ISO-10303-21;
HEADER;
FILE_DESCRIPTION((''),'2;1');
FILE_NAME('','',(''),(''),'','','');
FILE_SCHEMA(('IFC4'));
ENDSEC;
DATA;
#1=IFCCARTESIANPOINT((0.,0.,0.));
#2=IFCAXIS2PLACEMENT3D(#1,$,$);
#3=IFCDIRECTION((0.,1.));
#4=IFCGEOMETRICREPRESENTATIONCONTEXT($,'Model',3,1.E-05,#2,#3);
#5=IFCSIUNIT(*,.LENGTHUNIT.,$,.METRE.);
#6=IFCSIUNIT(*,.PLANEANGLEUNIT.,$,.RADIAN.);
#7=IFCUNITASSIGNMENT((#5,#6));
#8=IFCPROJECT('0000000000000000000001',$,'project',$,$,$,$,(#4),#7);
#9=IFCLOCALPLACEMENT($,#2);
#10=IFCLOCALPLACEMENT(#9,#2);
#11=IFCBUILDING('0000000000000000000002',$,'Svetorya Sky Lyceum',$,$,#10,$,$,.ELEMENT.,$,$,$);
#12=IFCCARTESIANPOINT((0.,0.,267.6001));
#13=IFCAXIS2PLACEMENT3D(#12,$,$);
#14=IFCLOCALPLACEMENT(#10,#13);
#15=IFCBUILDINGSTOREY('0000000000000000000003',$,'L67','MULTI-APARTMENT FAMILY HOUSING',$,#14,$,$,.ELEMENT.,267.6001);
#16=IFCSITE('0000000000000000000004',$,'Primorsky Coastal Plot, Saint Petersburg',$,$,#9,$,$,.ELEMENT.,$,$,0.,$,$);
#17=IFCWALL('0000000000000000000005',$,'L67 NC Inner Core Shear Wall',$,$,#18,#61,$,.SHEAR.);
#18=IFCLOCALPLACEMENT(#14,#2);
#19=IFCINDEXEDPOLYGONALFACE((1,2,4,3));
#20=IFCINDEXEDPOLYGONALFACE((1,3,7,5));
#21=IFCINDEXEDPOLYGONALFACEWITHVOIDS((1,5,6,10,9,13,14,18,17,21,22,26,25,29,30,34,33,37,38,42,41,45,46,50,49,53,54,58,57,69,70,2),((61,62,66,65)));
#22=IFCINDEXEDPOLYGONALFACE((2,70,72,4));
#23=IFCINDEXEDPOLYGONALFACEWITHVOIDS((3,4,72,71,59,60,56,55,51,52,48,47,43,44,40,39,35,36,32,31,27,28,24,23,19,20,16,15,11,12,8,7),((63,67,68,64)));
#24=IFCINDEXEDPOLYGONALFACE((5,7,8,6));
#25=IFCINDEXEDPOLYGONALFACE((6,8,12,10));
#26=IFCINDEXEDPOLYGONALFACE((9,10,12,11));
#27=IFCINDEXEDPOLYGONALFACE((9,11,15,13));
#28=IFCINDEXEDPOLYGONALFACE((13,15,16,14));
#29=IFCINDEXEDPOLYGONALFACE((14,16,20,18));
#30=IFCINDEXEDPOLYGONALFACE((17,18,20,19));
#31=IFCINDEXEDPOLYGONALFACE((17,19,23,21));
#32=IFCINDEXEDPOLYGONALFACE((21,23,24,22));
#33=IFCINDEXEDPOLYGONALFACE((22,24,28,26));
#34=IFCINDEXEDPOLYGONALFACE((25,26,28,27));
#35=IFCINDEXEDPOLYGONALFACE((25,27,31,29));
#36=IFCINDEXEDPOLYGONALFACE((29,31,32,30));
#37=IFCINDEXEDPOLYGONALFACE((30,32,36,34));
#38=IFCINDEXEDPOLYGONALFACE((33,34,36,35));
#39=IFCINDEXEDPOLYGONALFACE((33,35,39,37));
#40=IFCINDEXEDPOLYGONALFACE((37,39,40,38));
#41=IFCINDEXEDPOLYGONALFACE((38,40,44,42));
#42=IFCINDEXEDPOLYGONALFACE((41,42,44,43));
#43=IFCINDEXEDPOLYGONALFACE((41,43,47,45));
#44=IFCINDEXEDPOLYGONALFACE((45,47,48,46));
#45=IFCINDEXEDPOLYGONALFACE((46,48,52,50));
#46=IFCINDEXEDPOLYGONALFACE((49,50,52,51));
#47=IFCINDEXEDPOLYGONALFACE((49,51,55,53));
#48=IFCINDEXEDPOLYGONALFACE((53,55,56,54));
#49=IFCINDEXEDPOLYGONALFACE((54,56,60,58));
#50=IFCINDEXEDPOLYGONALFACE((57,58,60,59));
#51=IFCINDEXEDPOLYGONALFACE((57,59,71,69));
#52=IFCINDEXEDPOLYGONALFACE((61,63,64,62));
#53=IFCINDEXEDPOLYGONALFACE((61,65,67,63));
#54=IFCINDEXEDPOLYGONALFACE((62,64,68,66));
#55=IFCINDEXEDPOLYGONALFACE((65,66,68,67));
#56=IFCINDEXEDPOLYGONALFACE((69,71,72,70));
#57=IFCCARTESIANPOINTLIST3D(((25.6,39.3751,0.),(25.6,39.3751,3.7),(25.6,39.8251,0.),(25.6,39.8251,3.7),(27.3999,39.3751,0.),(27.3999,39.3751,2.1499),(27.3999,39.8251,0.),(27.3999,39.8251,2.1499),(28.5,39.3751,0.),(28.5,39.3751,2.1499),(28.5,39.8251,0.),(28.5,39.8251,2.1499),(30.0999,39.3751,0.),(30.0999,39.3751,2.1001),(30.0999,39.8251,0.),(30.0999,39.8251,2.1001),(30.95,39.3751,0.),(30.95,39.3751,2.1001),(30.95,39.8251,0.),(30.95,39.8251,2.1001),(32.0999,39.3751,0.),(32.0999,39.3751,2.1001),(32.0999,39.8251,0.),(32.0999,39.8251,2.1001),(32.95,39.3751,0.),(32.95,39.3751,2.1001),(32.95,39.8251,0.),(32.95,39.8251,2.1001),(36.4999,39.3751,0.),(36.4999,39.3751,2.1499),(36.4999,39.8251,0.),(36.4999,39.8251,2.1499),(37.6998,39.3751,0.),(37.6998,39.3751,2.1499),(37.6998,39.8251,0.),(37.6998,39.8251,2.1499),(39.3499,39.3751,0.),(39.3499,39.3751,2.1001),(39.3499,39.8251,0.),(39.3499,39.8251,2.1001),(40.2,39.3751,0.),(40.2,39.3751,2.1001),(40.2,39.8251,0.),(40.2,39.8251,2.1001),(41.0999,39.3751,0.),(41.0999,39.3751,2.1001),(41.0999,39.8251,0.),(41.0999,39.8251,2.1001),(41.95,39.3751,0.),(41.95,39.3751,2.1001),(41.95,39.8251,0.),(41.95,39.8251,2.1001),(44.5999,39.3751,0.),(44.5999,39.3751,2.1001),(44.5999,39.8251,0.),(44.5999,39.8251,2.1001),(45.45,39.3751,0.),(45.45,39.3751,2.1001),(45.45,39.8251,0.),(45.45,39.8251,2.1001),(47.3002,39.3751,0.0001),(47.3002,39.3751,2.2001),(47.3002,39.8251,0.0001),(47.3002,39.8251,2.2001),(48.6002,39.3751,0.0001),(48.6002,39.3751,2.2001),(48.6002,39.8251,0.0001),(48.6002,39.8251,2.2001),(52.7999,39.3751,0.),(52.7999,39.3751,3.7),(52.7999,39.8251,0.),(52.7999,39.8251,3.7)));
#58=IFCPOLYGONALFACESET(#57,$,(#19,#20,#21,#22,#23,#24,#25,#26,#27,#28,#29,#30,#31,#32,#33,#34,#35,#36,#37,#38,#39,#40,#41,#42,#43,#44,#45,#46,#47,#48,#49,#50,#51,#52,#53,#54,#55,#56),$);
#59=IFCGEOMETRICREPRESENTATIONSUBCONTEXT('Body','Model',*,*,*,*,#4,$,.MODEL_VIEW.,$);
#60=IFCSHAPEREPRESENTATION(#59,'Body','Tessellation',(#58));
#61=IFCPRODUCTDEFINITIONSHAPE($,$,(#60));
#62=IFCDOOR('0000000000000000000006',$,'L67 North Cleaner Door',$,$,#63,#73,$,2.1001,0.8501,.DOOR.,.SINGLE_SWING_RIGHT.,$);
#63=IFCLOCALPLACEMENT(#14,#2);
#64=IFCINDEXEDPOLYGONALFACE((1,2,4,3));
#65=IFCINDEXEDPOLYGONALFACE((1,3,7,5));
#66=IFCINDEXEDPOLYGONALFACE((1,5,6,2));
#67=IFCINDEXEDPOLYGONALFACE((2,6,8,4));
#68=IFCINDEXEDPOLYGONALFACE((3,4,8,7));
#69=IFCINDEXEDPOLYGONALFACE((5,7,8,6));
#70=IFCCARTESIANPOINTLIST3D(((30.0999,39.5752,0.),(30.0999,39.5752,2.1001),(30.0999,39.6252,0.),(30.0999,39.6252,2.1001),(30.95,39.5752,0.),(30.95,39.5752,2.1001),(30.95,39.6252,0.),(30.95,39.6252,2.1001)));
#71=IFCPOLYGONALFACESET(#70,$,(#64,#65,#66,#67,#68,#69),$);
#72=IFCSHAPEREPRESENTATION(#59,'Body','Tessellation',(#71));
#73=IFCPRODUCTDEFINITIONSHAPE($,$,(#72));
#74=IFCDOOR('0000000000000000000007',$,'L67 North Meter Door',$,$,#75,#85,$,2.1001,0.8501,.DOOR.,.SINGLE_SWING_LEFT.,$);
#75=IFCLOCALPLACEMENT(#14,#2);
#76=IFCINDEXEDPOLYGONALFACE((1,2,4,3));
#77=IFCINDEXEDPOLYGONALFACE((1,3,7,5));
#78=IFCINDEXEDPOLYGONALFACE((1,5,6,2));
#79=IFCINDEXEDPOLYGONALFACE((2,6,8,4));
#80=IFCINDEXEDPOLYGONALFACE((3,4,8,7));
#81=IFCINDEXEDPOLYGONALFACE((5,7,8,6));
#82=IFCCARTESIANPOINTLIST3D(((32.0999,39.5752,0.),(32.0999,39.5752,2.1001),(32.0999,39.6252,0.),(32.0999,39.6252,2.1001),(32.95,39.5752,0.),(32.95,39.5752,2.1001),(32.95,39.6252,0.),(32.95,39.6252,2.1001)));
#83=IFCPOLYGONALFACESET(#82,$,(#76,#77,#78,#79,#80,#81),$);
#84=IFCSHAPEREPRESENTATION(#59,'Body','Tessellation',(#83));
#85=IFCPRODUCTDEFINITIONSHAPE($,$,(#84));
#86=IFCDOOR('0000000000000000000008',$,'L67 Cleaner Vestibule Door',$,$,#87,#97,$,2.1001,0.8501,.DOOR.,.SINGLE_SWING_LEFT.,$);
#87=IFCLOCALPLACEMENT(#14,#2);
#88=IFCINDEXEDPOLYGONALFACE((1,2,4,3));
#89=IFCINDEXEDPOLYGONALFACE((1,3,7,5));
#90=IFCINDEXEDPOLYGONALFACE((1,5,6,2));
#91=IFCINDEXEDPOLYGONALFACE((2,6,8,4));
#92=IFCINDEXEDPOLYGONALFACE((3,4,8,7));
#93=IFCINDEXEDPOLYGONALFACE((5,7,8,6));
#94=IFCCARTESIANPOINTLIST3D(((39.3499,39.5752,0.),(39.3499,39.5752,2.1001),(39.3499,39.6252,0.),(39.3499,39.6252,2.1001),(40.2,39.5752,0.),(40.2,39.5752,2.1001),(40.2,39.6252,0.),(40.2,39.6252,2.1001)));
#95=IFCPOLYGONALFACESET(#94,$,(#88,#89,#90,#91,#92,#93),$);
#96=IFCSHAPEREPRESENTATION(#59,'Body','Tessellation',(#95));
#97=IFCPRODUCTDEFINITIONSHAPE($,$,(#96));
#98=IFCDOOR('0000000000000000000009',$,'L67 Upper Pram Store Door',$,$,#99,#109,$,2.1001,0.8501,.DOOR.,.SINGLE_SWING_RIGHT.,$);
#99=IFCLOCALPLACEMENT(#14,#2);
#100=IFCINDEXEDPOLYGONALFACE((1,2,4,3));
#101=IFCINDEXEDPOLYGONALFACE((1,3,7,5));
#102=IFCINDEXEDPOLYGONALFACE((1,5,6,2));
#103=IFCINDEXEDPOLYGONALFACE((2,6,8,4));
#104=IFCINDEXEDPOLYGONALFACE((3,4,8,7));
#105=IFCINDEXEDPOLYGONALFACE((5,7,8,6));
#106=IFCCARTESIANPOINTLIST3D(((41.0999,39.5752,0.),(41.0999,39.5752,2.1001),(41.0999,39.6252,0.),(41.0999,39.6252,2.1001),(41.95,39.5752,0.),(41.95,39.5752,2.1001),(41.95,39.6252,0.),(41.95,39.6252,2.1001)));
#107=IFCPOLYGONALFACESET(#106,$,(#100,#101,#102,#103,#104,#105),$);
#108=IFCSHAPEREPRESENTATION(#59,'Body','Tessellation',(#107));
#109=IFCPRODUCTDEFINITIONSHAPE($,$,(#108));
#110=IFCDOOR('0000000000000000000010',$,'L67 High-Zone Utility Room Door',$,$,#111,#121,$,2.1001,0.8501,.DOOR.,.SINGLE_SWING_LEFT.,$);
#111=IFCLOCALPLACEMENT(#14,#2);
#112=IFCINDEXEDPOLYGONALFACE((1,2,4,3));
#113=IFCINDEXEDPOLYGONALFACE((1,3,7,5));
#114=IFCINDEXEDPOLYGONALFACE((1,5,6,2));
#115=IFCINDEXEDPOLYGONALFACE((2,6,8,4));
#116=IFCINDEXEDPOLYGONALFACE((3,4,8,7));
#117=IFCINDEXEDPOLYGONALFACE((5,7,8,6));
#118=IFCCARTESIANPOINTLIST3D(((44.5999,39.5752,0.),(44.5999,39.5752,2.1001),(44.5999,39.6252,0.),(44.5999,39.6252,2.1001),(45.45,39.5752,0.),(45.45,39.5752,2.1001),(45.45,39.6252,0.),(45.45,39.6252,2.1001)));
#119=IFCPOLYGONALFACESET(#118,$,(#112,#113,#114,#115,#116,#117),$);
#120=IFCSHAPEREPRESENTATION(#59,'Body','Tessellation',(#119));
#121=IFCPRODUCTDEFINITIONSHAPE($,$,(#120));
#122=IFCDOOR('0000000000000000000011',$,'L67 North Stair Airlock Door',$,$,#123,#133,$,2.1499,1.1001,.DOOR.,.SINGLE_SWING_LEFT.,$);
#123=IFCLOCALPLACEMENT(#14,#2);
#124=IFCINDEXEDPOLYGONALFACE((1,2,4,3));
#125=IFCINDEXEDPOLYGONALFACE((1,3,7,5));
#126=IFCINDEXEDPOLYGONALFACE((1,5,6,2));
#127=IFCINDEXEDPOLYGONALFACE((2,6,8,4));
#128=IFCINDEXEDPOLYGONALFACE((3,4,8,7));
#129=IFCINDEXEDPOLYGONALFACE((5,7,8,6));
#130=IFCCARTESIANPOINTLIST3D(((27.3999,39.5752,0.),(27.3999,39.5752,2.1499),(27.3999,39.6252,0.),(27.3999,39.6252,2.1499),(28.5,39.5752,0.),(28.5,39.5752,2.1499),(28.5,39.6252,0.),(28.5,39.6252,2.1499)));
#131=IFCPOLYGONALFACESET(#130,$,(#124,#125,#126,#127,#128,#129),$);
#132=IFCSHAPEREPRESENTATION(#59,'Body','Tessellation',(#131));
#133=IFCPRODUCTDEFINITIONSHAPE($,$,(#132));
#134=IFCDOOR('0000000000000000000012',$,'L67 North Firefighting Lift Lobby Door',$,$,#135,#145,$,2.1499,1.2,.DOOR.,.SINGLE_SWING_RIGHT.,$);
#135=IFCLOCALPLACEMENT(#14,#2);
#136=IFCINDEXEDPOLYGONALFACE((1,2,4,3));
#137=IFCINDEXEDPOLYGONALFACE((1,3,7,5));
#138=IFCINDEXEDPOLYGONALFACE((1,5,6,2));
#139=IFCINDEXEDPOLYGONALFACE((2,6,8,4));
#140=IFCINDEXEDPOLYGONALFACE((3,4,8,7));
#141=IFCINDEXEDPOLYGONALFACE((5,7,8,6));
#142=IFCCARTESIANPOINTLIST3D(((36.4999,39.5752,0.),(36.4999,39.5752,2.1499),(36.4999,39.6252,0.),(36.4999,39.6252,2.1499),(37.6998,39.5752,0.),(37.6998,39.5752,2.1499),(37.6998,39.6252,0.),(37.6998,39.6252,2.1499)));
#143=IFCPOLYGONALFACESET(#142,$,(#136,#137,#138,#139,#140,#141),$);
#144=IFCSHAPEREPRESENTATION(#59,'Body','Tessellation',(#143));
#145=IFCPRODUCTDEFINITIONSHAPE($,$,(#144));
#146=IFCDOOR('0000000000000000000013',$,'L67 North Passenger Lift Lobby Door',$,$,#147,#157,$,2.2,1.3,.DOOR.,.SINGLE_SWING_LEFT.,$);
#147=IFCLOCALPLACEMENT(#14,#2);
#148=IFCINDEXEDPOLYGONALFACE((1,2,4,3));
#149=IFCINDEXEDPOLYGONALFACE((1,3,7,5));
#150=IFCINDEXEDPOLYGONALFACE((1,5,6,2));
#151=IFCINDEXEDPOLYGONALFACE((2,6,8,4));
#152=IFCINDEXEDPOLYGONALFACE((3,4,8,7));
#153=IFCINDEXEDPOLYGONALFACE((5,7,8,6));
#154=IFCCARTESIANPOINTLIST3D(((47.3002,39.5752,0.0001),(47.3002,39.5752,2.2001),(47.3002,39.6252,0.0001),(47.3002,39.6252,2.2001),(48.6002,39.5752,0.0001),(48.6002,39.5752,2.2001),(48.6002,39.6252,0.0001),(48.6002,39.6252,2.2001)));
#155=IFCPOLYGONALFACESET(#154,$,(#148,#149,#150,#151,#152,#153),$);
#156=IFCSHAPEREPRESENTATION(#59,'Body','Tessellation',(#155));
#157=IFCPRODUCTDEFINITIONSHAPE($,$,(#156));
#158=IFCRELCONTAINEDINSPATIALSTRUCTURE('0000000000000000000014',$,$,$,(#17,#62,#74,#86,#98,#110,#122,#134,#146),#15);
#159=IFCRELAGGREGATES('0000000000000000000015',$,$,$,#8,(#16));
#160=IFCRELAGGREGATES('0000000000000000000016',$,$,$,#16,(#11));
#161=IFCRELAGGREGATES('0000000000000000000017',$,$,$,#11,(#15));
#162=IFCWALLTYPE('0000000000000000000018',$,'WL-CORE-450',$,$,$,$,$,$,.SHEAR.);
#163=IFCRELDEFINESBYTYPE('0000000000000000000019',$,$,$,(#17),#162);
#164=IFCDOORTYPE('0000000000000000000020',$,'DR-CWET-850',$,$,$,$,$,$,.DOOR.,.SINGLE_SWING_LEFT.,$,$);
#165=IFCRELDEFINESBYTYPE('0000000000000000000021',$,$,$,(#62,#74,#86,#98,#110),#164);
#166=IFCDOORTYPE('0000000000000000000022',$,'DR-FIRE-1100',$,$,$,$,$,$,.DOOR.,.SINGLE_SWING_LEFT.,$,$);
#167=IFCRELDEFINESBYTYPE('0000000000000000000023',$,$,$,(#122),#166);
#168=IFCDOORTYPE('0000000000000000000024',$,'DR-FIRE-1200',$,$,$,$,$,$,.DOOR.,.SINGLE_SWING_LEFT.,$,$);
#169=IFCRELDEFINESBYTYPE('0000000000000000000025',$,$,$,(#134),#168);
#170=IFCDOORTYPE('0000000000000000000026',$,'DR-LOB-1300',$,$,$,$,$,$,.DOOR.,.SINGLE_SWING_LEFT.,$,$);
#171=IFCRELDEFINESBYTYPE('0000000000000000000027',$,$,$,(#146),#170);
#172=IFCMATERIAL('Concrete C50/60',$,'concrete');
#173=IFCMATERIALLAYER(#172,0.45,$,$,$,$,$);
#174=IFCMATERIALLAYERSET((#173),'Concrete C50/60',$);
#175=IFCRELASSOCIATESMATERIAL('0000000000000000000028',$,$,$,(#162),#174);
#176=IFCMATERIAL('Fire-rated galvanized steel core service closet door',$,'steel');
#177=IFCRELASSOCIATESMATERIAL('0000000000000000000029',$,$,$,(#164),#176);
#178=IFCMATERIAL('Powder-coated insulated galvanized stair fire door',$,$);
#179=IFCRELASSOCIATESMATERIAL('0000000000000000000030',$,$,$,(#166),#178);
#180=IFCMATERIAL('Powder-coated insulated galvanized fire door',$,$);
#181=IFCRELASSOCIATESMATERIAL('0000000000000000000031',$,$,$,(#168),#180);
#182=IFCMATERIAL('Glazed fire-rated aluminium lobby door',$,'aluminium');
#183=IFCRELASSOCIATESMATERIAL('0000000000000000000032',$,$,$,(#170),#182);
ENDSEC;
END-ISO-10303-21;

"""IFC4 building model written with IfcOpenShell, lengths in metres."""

from ifc_helpers import new_model, si_unit, direction, frame, frame_2d, origin, place, context, subcontext, project, spatial, rectangle, extrude, material, layer, layer_set, type_object, element, fill, save


model = new_model("IFC4")

# Units and contexts
model_context = context("Model", 3, precision=1e-05, world=origin(), true_north=direction((0.0, 1.0)))
body_context = subcontext(model_context, "Body", "Model", "MODEL_VIEW")
ifc_project = project(units=[si_unit("LENGTHUNIT", "METRE"), si_unit("PLANEANGLEUNIT", "RADIAN")], contexts=[model_context])

# Site, building, storey
site_placement = place(None, origin())
site = spatial("IfcSite", under=ifc_project, at=site_placement, Name="Primorsky Coastal Plot, Saint Petersburg", CompositionType="ELEMENT", RefElevation=0.0)
building_placement = place(site_placement, origin())
building = spatial("IfcBuilding", under=site, at=building_placement, Name="Svetorya Sky Lyceum", CompositionType="ELEMENT")
storey_placement = place(building_placement, frame((0.0, 0.0, 267.6001)))
storey = spatial("IfcBuildingStorey", under=building, at=storey_placement, Name="L67", Description="MULTI-APARTMENT FAMILY HOUSING", CompositionType="ELEMENT", Elevation=267.6001)

# Shared definitions
ifc_material_1 = material(Name="Concrete C50/60", Category="concrete")

# Wall, openings, doors
ifc_layer_1 = layer(ifc_material_1, 0.45)
ifc_layer_set_1 = layer_set([ifc_layer_1], Name="Concrete C50/60")
wall_type_1 = type_object("IfcWallType", Name="WL-CORE-450", PredefinedType="SHEAR", material=ifc_layer_set_1)
wall_1_placement = place(storey_placement, frame((52.8, 39.6001, 0.0), z_axis=(0.0, 0.0, 1.0), x_axis=(-1.0, 0.0, 0.0)))
wall_1 = element("IfcWall", 1, at=wall_1_placement, inside=storey, type_object=wall_type_1, Name="L67 NC Inner Core Shear Wall", PredefinedType="SHEAR", context=body_context, shape_type="SweptSolid", body=[
    extrude(rectangle(XDim=27.2, YDim=0.45, at=frame_2d((13.6001, 0.0))), origin(), (0.0, 0.0, 1.0), 3.7),
])
opening_1_placement = place(wall_1_placement, frame((24.3, 0.0, 0.0)))
opening_1 = element("IfcOpeningElement", 2, at=opening_1_placement, cuts=wall_1, PredefinedType="OPENING", context=body_context, shape_type="SweptSolid", body=[
    extrude(rectangle(XDim=1.1001, YDim=2.1499, at=frame_2d((0.55, 1.075))), frame((0.0, 0.2349, 0.0), z_axis=(0.0, -1.0, 0.0), x_axis=(1.0, 0.0, 0.0)), (0.0, 0.0, 1.0), 0.47),
])
opening_2_placement = place(wall_1_placement, frame((21.8501, 0.0, 0.0)))
opening_2 = element("IfcOpeningElement", 3, at=opening_2_placement, cuts=wall_1, PredefinedType="OPENING", context=body_context, shape_type="SweptSolid", body=[
    extrude(rectangle(XDim=0.8501, YDim=2.1001, at=frame_2d((0.425, 1.05))), frame((0.0, 0.2349, 0.0), z_axis=(0.0, -1.0, 0.0), x_axis=(1.0, 0.0, 0.0)), (0.0, 0.0, 1.0), 0.47),
])
opening_3_placement = place(wall_1_placement, frame((19.8501, 0.0, 0.0)))
opening_3 = element("IfcOpeningElement", 4, at=opening_3_placement, cuts=wall_1, PredefinedType="OPENING", context=body_context, shape_type="SweptSolid", body=[
    extrude(rectangle(XDim=0.8501, YDim=2.1001, at=frame_2d((0.425, 1.05))), frame((0.0, 0.2349, 0.0), z_axis=(0.0, -1.0, 0.0), x_axis=(1.0, 0.0, 0.0)), (0.0, 0.0, 1.0), 0.47),
])
opening_4_placement = place(wall_1_placement, frame((15.1001, 0.0, 0.0)))
opening_4 = element("IfcOpeningElement", 5, at=opening_4_placement, cuts=wall_1, PredefinedType="OPENING", context=body_context, shape_type="SweptSolid", body=[
    extrude(rectangle(XDim=1.2, YDim=2.1499, at=frame_2d((0.6001, 1.075))), frame((0.0, 0.2349, 0.0), z_axis=(0.0, -1.0, 0.0), x_axis=(1.0, 0.0, 0.0)), (0.0, 0.0, 1.0), 0.47),
])
opening_5_placement = place(wall_1_placement, frame((12.6001, 0.0, 0.0)))
opening_5 = element("IfcOpeningElement", 6, at=opening_5_placement, cuts=wall_1, PredefinedType="OPENING", context=body_context, shape_type="SweptSolid", body=[
    extrude(rectangle(XDim=0.8501, YDim=2.1001, at=frame_2d((0.425, 1.05))), frame((0.0, 0.2349, 0.0), z_axis=(0.0, -1.0, 0.0), x_axis=(1.0, 0.0, 0.0)), (0.0, 0.0, 1.0), 0.47),
])
opening_6_placement = place(wall_1_placement, frame((10.8501, 0.0, 0.0)))
opening_6 = element("IfcOpeningElement", 7, at=opening_6_placement, cuts=wall_1, PredefinedType="OPENING", context=body_context, shape_type="SweptSolid", body=[
    extrude(rectangle(XDim=0.8501, YDim=2.1001, at=frame_2d((0.425, 1.05))), frame((0.0, 0.2349, 0.0), z_axis=(0.0, -1.0, 0.0), x_axis=(1.0, 0.0, 0.0)), (0.0, 0.0, 1.0), 0.47),
])
opening_7_placement = place(wall_1_placement, frame((7.3501, 0.0, 0.0)))
opening_7 = element("IfcOpeningElement", 8, at=opening_7_placement, cuts=wall_1, PredefinedType="OPENING", context=body_context, shape_type="SweptSolid", body=[
    extrude(rectangle(XDim=0.8501, YDim=2.1001, at=frame_2d((0.425, 1.05))), frame((0.0, 0.2349, 0.0), z_axis=(0.0, -1.0, 0.0), x_axis=(1.0, 0.0, 0.0)), (0.0, 0.0, 1.0), 0.47),
])
opening_8_placement = place(wall_1_placement, frame((4.2, 0.0, 0.0)))
opening_8 = element("IfcOpeningElement", 9, at=opening_8_placement, cuts=wall_1, PredefinedType="OPENING", context=body_context, shape_type="SweptSolid", body=[
    extrude(rectangle(XDim=1.3, YDim=2.2, at=frame_2d((0.6499, 1.1001))), frame((0.0, 0.2349, 0.0), z_axis=(0.0, -1.0, 0.0), x_axis=(1.0, 0.0, 0.0)), (0.0, 0.0, 1.0), 0.47),
])
ifc_material_2 = material(Name="Fire-rated galvanized steel core service closet door", Category="steel")
door_type_1 = type_object("IfcDoorType", Name="DR-CWET-850", OperationType="SINGLE_SWING_LEFT", PredefinedType="DOOR", material=ifc_material_2)
door_1_placement = place(opening_2_placement, origin())
door_1 = element("IfcDoor", 10, at=door_1_placement, inside=storey, type_object=door_type_1, Name="L67 North Cleaner Door", OperationType="SINGLE_SWING_RIGHT", OverallHeight=2.1001, OverallWidth=0.8501, PredefinedType="DOOR", context=body_context, shape_type="SweptSolid", body=[
    extrude(rectangle(XDim=0.8501, YDim=2.1001, at=frame_2d((0.425, 1.05))), frame((0.0, 0.0249, 0.0), z_axis=(0.0, -1.0, 0.0), x_axis=(1.0, 0.0, 0.0)), (0.0, 0.0, 1.0), 0.05),
])
fill(opening_2, door_1)
door_2_placement = place(opening_3_placement, origin())
door_2 = element("IfcDoor", 11, at=door_2_placement, inside=storey, type_object=door_type_1, Name="L67 North Meter Door", OperationType="SINGLE_SWING_LEFT", OverallHeight=2.1001, OverallWidth=0.8501, PredefinedType="DOOR", context=body_context, shape_type="SweptSolid", body=[
    extrude(rectangle(XDim=0.8501, YDim=2.1001, at=frame_2d((0.425, 1.05))), frame((0.0, 0.0249, 0.0), z_axis=(0.0, -1.0, 0.0), x_axis=(1.0, 0.0, 0.0)), (0.0, 0.0, 1.0), 0.05),
])
fill(opening_3, door_2)
door_3_placement = place(opening_5_placement, origin())
door_3 = element("IfcDoor", 12, at=door_3_placement, inside=storey, type_object=door_type_1, Name="L67 Cleaner Vestibule Door", OperationType="SINGLE_SWING_LEFT", OverallHeight=2.1001, OverallWidth=0.8501, PredefinedType="DOOR", context=body_context, shape_type="SweptSolid", body=[
    extrude(rectangle(XDim=0.8501, YDim=2.1001, at=frame_2d((0.425, 1.05))), frame((0.0, 0.0249, 0.0), z_axis=(0.0, -1.0, 0.0), x_axis=(1.0, 0.0, 0.0)), (0.0, 0.0, 1.0), 0.05),
])
fill(opening_5, door_3)
door_4_placement = place(opening_6_placement, origin())
door_4 = element("IfcDoor", 13, at=door_4_placement, inside=storey, type_object=door_type_1, Name="L67 Upper Pram Store Door", OperationType="SINGLE_SWING_RIGHT", OverallHeight=2.1001, OverallWidth=0.8501, PredefinedType="DOOR", context=body_context, shape_type="SweptSolid", body=[
    extrude(rectangle(XDim=0.8501, YDim=2.1001, at=frame_2d((0.425, 1.05))), frame((0.0, 0.0249, 0.0), z_axis=(0.0, -1.0, 0.0), x_axis=(1.0, 0.0, 0.0)), (0.0, 0.0, 1.0), 0.05),
])
fill(opening_6, door_4)
door_5_placement = place(opening_7_placement, origin())
door_5 = element("IfcDoor", 14, at=door_5_placement, inside=storey, type_object=door_type_1, Name="L67 High-Zone Utility Room Door", OperationType="SINGLE_SWING_LEFT", OverallHeight=2.1001, OverallWidth=0.8501, PredefinedType="DOOR", context=body_context, shape_type="SweptSolid", body=[
    extrude(rectangle(XDim=0.8501, YDim=2.1001, at=frame_2d((0.425, 1.05))), frame((0.0, 0.0249, 0.0), z_axis=(0.0, -1.0, 0.0), x_axis=(1.0, 0.0, 0.0)), (0.0, 0.0, 1.0), 0.05),
])
fill(opening_7, door_5)
ifc_material_3 = material(Name="Powder-coated insulated galvanized stair fire door")
door_type_2 = type_object("IfcDoorType", Name="DR-FIRE-1100", OperationType="SINGLE_SWING_LEFT", PredefinedType="DOOR", material=ifc_material_3)
door_6_placement = place(opening_1_placement, origin())
door_6 = element("IfcDoor", 15, at=door_6_placement, inside=storey, type_object=door_type_2, Name="L67 North Stair Airlock Door", OperationType="SINGLE_SWING_LEFT", OverallHeight=2.1499, OverallWidth=1.1001, PredefinedType="DOOR", context=body_context, shape_type="SweptSolid", body=[
    extrude(rectangle(XDim=1.1001, YDim=2.1499, at=frame_2d((0.55, 1.075))), frame((0.0, 0.0249, 0.0), z_axis=(0.0, -1.0, 0.0), x_axis=(1.0, 0.0, 0.0)), (0.0, 0.0, 1.0), 0.05),
])
fill(opening_1, door_6)
ifc_material_4 = material(Name="Powder-coated insulated galvanized fire door")
door_type_3 = type_object("IfcDoorType", Name="DR-FIRE-1200", OperationType="SINGLE_SWING_LEFT", PredefinedType="DOOR", material=ifc_material_4)
door_7_placement = place(opening_4_placement, origin())
door_7 = element("IfcDoor", 16, at=door_7_placement, inside=storey, type_object=door_type_3, Name="L67 North Firefighting Lift Lobby Door", OperationType="SINGLE_SWING_RIGHT", OverallHeight=2.1499, OverallWidth=1.2, PredefinedType="DOOR", context=body_context, shape_type="SweptSolid", body=[
    extrude(rectangle(XDim=1.2, YDim=2.1499, at=frame_2d((0.6001, 1.075))), frame((0.0, 0.0249, 0.0), z_axis=(0.0, -1.0, 0.0), x_axis=(1.0, 0.0, 0.0)), (0.0, 0.0, 1.0), 0.05),
])
fill(opening_4, door_7)
ifc_material_5 = material(Name="Glazed fire-rated aluminium lobby door", Category="aluminium")
door_type_4 = type_object("IfcDoorType", Name="DR-LOB-1300", OperationType="SINGLE_SWING_LEFT", PredefinedType="DOOR", material=ifc_material_5)
door_8_placement = place(opening_8_placement, origin())
door_8 = element("IfcDoor", 17, at=door_8_placement, inside=storey, type_object=door_type_4, Name="L67 North Passenger Lift Lobby Door", OperationType="SINGLE_SWING_LEFT", OverallHeight=2.2, OverallWidth=1.3, PredefinedType="DOOR", context=body_context, shape_type="SweptSolid", body=[
    extrude(rectangle(XDim=1.3, YDim=2.2, at=frame_2d((0.6499, 1.1001))), frame((0.0, 0.0249, 0.0), z_axis=(0.0, -1.0, 0.0), x_axis=(1.0, 0.0, 0.0)), (0.0, 0.0, 1.0), 0.05),
])
fill(opening_8, door_8)

save(model, "model.ifc")
